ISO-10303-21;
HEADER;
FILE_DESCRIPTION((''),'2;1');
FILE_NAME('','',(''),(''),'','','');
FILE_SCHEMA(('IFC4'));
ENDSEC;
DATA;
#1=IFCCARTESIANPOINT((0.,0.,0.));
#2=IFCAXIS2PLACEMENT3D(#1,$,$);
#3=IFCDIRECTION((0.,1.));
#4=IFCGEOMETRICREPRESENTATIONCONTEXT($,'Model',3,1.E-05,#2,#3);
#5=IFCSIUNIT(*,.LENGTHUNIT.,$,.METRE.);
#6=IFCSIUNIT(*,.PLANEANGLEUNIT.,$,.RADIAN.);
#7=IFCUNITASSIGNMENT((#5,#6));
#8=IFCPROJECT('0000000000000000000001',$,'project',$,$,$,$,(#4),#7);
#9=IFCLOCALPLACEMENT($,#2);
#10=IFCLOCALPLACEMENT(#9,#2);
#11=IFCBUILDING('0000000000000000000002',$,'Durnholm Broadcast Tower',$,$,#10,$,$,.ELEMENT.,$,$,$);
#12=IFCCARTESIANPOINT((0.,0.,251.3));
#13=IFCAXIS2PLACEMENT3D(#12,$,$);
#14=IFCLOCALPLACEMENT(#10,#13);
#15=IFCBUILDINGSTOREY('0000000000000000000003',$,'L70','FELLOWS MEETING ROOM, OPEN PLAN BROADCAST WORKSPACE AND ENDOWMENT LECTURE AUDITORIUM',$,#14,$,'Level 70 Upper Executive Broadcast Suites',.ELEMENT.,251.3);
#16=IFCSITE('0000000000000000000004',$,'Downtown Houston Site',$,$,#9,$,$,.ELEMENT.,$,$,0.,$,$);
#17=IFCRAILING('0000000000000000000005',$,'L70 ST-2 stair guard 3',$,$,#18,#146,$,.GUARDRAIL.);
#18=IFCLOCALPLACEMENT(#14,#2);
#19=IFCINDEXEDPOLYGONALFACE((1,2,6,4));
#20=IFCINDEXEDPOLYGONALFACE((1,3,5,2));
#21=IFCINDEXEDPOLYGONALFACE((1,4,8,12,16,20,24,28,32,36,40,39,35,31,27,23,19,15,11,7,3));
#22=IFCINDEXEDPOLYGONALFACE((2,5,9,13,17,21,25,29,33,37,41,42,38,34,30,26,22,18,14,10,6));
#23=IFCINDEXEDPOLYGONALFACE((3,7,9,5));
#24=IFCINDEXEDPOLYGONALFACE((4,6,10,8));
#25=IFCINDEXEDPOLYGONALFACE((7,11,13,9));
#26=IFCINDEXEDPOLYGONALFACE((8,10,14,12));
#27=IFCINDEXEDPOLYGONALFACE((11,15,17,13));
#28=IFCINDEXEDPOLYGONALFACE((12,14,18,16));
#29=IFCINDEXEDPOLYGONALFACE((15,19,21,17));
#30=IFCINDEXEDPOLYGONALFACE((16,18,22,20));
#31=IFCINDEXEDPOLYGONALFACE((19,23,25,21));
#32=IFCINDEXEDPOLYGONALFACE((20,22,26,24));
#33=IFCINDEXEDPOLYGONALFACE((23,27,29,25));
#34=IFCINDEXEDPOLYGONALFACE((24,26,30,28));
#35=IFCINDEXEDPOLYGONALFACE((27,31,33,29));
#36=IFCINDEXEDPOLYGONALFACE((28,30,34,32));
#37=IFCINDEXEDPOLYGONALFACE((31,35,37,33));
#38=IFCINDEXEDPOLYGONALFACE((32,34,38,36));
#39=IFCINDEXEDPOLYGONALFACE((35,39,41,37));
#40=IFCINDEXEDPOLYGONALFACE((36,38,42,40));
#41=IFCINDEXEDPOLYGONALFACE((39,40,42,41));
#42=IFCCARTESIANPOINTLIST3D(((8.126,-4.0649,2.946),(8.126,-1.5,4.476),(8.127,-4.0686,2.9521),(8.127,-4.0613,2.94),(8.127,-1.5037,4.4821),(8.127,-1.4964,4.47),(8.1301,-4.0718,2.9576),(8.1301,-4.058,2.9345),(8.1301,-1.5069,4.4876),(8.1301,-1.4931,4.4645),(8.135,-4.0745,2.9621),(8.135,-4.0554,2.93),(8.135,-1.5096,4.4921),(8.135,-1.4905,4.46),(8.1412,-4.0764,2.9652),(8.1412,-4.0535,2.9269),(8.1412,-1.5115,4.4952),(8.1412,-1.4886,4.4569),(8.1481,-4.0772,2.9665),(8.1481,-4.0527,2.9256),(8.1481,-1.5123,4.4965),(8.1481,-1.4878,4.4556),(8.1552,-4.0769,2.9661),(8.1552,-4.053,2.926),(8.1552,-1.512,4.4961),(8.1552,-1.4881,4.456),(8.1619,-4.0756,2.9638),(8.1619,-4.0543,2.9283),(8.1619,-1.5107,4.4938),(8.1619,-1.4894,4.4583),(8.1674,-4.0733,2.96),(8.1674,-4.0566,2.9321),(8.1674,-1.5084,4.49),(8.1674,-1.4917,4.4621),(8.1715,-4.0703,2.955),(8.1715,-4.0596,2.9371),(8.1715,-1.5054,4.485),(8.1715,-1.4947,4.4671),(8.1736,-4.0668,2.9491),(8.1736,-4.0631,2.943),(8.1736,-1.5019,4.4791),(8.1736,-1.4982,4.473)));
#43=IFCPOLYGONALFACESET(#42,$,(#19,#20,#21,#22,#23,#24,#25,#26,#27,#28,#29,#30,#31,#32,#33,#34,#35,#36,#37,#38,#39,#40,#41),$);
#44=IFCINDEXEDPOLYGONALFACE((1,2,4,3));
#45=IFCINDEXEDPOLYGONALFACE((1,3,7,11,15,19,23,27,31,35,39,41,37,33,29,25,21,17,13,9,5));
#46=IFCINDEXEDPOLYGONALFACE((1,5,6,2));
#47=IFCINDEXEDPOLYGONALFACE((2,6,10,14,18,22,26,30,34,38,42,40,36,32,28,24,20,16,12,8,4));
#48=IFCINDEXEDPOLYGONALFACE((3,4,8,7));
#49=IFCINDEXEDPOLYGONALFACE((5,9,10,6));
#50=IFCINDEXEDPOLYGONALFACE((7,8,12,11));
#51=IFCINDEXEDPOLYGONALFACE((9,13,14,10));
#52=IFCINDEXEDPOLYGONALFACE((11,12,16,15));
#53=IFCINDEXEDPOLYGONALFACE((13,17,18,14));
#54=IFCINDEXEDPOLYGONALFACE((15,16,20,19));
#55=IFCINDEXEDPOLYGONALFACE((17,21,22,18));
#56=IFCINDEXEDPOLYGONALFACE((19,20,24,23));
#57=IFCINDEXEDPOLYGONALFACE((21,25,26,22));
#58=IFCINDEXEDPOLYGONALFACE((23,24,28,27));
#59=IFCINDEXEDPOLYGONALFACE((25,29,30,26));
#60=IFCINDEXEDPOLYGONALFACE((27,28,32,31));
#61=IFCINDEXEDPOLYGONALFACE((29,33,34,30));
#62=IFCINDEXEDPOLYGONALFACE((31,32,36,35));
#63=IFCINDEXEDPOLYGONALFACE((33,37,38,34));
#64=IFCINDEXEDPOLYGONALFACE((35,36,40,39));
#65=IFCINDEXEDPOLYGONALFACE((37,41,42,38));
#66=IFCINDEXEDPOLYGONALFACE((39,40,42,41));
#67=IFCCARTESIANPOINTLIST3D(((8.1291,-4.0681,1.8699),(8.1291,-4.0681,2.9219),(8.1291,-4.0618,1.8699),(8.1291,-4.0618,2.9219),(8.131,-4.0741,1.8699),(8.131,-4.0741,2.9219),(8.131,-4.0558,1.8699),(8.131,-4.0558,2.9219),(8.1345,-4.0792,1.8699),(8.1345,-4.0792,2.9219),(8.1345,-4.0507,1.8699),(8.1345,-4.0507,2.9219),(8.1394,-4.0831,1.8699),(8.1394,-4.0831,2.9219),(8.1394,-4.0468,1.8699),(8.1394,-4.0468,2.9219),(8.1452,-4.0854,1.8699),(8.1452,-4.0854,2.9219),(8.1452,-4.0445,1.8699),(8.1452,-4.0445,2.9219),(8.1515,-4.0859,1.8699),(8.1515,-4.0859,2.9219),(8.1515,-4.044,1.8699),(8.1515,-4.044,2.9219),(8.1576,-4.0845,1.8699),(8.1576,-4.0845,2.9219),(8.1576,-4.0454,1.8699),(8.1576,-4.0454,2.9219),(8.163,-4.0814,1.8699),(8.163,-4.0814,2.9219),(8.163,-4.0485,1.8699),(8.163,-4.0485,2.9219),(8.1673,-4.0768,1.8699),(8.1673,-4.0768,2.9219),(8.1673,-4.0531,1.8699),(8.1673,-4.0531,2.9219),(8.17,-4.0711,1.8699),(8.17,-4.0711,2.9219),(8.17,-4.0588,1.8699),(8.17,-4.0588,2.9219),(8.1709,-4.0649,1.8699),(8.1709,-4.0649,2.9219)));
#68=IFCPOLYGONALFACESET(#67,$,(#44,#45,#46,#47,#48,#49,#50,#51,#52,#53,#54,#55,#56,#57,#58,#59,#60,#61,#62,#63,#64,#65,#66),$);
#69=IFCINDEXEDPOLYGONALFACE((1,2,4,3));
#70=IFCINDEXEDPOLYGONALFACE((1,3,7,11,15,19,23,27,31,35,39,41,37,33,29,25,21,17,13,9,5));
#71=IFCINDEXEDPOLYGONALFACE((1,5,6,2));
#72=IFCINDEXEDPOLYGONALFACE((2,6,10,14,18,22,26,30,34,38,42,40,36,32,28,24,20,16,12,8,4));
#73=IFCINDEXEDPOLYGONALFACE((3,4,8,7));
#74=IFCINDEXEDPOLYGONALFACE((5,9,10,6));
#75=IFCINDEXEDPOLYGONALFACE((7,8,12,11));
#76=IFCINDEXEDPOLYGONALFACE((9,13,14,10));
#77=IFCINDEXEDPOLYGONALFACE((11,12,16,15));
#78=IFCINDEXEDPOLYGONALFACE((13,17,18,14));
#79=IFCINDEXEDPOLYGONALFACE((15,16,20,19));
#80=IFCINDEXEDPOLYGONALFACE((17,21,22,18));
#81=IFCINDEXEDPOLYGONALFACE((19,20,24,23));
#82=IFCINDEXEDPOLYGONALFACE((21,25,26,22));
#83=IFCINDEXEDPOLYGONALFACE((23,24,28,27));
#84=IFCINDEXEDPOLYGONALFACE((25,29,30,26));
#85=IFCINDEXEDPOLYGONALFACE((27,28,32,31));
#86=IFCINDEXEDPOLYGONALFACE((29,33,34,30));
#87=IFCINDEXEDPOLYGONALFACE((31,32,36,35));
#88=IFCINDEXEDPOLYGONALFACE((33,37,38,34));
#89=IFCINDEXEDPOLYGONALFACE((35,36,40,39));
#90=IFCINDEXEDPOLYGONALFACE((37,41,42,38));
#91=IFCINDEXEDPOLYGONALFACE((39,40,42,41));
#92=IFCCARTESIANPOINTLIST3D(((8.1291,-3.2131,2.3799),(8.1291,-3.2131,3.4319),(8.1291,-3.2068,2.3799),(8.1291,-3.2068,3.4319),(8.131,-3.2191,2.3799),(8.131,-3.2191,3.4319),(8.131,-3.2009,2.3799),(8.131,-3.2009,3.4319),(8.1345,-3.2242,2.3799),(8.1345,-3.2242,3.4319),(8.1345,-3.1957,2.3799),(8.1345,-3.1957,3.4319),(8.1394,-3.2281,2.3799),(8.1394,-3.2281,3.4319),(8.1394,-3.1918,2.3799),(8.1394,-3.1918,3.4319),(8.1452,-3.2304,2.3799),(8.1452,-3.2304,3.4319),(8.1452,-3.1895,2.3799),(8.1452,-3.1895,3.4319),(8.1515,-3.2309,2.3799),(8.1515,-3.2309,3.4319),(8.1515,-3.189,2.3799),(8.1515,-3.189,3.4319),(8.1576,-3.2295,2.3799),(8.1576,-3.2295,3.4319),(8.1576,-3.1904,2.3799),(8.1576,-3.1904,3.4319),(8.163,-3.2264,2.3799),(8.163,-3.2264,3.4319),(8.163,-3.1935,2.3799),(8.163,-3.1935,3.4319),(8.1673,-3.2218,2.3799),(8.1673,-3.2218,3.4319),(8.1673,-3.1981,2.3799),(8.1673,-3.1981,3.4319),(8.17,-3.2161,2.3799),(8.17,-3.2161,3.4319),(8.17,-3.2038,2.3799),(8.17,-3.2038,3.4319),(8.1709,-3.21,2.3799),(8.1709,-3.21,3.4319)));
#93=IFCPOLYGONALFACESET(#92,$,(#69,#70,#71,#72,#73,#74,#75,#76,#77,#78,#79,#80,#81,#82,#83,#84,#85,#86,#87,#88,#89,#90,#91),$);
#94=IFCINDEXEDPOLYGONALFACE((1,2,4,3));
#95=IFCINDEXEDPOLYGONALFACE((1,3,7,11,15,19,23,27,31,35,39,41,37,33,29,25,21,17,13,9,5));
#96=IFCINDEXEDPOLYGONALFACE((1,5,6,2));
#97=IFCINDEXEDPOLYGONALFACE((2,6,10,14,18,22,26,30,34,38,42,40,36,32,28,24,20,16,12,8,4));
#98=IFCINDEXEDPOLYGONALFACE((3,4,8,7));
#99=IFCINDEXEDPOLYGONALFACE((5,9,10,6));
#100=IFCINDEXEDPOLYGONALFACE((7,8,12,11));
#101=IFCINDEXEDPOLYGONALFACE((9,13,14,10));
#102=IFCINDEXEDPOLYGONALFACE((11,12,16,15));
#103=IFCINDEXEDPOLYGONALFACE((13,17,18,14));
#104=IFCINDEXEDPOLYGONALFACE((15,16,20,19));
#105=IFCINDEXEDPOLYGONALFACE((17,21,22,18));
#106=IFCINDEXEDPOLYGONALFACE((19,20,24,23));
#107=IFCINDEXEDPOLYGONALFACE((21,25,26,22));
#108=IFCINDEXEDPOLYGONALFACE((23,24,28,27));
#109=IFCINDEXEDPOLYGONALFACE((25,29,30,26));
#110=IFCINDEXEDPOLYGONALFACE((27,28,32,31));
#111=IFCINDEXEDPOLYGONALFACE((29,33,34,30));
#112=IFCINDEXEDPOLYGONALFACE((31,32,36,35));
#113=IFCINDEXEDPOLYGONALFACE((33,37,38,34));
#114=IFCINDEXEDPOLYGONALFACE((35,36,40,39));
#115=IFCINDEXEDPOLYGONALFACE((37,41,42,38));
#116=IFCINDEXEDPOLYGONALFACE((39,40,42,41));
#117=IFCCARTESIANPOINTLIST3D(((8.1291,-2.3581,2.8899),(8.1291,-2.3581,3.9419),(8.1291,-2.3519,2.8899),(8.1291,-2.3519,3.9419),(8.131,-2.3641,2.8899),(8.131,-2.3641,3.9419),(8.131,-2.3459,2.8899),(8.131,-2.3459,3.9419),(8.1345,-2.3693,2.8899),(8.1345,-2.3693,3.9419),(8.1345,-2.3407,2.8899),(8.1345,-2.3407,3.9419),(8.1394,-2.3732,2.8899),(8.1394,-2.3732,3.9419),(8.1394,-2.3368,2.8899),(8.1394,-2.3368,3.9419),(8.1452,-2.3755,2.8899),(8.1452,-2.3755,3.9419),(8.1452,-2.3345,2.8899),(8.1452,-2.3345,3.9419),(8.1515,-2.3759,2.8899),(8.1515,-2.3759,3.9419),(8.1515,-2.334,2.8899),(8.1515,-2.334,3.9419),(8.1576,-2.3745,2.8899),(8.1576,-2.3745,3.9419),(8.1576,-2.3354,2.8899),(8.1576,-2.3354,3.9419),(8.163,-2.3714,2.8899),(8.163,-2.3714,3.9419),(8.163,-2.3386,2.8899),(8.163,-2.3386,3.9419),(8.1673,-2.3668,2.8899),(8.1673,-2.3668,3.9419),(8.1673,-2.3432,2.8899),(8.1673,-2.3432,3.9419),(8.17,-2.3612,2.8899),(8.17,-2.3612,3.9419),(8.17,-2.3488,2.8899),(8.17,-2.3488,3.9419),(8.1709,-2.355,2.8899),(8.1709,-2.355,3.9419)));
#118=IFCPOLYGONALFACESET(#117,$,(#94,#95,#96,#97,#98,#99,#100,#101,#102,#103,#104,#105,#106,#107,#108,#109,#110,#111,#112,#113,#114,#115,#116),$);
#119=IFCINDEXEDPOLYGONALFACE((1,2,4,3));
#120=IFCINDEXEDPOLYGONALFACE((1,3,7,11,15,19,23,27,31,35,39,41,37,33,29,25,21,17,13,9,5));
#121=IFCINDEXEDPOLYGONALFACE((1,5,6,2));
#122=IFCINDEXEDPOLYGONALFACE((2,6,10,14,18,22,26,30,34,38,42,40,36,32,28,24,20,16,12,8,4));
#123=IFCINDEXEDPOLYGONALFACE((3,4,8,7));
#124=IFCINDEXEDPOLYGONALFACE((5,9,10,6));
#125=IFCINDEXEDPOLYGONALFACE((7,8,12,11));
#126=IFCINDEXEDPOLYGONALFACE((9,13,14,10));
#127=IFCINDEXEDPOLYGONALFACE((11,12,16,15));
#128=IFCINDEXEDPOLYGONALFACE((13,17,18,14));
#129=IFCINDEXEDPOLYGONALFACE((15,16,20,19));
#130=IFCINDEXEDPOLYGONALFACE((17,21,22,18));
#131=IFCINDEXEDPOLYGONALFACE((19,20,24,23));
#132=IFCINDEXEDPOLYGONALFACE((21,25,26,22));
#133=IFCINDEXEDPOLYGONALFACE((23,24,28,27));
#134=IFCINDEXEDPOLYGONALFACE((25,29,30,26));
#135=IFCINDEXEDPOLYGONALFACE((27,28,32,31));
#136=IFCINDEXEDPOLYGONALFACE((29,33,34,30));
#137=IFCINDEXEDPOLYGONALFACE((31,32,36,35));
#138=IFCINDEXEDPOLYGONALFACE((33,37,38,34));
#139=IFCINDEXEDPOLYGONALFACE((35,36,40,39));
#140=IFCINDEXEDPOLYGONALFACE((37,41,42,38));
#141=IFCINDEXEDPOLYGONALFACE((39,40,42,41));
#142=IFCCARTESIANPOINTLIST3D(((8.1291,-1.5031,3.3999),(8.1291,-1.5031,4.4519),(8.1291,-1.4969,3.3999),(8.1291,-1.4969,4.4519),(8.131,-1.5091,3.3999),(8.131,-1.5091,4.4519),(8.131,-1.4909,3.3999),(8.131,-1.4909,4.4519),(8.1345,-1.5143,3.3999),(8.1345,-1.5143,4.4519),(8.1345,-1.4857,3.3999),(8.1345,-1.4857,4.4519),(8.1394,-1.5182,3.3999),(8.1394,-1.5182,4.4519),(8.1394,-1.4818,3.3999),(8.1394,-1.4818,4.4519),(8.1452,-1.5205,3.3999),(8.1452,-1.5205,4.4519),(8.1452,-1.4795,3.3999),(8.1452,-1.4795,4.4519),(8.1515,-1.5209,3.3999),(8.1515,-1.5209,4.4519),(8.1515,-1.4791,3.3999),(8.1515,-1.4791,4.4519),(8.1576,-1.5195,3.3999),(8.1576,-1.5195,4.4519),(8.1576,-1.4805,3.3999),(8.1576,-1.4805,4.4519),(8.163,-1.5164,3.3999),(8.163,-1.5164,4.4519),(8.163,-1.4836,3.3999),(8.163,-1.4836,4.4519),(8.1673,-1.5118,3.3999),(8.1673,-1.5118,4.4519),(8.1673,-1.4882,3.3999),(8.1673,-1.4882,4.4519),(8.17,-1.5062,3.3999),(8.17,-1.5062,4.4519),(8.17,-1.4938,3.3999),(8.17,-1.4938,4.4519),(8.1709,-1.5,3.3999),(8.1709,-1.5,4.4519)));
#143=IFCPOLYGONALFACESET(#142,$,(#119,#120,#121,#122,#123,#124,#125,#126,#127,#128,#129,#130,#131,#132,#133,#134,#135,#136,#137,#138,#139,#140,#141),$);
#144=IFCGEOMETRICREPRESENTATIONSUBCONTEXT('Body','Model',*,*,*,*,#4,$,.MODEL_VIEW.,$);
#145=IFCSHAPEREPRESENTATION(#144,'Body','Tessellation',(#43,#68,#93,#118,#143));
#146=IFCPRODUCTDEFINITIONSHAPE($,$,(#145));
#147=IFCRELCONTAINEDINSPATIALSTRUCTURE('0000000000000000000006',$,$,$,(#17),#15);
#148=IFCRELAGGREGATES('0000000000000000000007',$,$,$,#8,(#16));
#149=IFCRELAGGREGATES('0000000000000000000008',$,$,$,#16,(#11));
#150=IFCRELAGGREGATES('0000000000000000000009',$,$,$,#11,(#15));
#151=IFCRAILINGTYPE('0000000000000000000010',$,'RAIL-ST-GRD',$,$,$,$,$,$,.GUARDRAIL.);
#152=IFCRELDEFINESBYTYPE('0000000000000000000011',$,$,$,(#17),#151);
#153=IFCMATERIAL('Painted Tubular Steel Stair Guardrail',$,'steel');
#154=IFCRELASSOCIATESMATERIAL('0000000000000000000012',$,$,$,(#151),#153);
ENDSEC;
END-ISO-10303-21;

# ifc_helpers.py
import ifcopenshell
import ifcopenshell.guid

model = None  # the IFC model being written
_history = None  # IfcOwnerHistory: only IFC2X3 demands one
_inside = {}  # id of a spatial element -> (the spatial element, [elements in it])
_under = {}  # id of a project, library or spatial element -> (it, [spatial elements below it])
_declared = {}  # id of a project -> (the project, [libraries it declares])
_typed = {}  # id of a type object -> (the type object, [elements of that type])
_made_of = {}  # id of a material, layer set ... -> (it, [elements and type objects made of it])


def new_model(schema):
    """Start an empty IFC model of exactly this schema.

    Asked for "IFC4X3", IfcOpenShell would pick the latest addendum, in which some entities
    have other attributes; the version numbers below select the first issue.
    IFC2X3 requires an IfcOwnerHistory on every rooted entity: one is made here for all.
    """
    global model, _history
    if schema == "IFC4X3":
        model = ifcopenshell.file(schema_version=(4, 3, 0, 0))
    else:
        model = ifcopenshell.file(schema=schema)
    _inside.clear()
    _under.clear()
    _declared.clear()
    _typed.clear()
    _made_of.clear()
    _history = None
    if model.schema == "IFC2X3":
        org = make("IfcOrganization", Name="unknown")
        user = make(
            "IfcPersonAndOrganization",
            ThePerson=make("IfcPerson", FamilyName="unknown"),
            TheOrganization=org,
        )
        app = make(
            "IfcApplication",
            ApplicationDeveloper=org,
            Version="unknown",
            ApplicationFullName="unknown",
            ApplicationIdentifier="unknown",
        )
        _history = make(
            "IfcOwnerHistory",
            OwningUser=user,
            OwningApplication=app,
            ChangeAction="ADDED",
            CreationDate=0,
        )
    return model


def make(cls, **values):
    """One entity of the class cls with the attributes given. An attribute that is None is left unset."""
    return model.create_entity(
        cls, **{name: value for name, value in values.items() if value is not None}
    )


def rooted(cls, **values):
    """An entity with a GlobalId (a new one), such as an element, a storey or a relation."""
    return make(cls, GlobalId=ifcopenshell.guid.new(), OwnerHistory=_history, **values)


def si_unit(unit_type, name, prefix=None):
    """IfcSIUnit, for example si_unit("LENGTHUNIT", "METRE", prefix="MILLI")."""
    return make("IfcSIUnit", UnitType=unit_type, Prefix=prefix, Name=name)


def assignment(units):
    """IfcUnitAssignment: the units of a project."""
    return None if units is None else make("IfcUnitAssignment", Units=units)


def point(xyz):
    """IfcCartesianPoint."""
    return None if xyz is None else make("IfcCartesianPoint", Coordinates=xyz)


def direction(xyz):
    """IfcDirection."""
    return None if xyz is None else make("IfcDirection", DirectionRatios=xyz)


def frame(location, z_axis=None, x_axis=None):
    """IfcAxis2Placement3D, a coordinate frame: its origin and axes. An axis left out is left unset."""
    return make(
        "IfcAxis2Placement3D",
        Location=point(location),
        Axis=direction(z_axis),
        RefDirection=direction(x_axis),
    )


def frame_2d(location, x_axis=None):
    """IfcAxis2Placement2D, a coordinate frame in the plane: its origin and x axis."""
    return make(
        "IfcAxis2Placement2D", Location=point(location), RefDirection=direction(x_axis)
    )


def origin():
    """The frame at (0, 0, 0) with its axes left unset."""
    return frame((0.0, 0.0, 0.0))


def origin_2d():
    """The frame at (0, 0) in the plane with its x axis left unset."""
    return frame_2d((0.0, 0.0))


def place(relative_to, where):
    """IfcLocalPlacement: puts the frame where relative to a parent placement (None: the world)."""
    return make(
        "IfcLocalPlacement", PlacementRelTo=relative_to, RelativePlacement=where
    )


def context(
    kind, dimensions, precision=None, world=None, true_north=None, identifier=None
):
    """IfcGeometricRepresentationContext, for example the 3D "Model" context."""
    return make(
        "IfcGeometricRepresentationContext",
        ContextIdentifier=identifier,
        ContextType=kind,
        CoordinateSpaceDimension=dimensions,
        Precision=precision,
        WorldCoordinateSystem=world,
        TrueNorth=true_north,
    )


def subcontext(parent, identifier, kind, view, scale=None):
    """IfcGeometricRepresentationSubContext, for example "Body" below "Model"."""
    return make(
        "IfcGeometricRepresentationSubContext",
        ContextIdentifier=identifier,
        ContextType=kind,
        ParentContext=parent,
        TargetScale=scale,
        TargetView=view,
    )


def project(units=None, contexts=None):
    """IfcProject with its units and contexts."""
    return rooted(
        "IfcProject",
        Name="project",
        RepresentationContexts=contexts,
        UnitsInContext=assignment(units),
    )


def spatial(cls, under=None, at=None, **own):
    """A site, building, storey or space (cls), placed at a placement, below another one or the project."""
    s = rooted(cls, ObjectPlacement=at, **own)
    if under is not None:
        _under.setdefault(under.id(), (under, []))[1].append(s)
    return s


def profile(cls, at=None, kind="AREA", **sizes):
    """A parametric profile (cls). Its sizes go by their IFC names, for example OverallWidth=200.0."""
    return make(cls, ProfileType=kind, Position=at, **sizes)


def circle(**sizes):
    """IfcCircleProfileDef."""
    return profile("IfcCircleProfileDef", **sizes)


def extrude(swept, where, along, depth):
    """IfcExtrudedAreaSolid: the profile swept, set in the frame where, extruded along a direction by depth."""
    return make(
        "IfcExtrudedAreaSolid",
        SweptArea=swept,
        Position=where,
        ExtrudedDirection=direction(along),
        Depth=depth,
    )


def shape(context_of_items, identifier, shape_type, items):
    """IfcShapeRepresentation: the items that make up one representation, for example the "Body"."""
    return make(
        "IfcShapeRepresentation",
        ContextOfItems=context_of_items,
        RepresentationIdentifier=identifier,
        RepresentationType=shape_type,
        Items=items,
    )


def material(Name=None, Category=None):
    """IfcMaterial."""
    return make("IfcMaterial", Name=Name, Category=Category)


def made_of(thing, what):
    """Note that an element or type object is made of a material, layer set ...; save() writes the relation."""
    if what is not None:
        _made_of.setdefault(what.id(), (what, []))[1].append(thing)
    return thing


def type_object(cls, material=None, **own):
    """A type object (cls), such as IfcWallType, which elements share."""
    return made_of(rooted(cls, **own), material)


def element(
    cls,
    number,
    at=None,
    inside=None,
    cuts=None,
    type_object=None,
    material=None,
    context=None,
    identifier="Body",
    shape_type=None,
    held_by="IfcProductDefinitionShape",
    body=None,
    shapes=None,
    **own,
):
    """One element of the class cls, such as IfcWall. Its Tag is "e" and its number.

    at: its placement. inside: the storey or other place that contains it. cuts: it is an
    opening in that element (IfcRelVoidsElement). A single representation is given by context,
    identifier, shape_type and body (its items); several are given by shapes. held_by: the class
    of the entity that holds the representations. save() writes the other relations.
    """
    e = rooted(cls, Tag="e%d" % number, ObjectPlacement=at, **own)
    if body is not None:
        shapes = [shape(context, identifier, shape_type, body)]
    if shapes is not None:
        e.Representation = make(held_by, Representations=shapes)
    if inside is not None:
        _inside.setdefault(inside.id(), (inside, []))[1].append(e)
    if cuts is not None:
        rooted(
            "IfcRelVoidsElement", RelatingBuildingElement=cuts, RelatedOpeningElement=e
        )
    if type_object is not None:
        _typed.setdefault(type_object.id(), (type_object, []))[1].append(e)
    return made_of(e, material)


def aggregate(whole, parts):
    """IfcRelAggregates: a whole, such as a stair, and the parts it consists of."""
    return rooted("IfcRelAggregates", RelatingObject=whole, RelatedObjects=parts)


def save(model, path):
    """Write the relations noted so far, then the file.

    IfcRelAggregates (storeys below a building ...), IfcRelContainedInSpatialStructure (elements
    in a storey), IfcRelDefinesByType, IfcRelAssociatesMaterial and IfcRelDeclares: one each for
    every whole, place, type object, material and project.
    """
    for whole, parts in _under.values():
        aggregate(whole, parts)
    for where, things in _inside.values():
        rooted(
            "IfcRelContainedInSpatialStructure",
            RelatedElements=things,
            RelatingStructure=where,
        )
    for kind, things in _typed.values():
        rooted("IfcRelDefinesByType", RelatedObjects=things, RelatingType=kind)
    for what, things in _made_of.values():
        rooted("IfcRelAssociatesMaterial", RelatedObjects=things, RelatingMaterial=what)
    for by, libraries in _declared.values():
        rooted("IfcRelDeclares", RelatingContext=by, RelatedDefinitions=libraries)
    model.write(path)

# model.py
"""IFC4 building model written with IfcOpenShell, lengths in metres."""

from ifc_helpers import new_model, si_unit, direction, frame, origin, origin_2d, place, context, subcontext, project, spatial, circle, extrude, material, type_object, element, save


model = new_model("IFC4")

# Units and contexts
model_context = context("Model", 3, precision=1e-05, world=origin(), true_north=direction((0.0, 1.0)))
body_context = subcontext(model_context, "Body", "Model", "MODEL_VIEW")
ifc_project = project(units=[si_unit("LENGTHUNIT", "METRE"), si_unit("PLANEANGLEUNIT", "RADIAN")], contexts=[model_context])

# Site, building, storey
site_placement = place(None, origin())
site = spatial("IfcSite", under=ifc_project, at=site_placement, Name="Downtown Houston Site", CompositionType="ELEMENT", RefElevation=0.0)
building_placement = place(site_placement, origin())
building = spatial("IfcBuilding", under=site, at=building_placement, Name="Durnholm Broadcast Tower", CompositionType="ELEMENT")
storey_placement = place(building_placement, frame((0.0, 0.0, 251.3)))
storey = spatial("IfcBuildingStorey", under=building, at=storey_placement, Name="L70", Description="FELLOWS MEETING ROOM, OPEN PLAN BROADCAST WORKSPACE AND ENDOWMENT LECTURE AUDITORIUM", LongName="Level 70 Upper Executive Broadcast Suites", CompositionType="ELEMENT", Elevation=251.3)

# Railing
ifc_material_1 = material(Name="Painted Tubular Steel Stair Guardrail", Category="steel")
railing_type_1 = type_object("IfcRailingType", Name="RAIL-ST-GRD", PredefinedType="GUARDRAIL", material=ifc_material_1)
railing_1_placement = place(storey_placement, frame((8.1499, -4.0649, 1.8699)))
element("IfcRailing", 1, at=railing_1_placement, inside=storey, type_object=railing_type_1, Name="L70 ST-2 stair guard 3", PredefinedType="GUARDRAIL", context=body_context, shape_type="SweptSolid", body=[
    extrude(circle(Radius=0.0239, at=origin_2d()), frame((0.0, 0.0, 1.0762), z_axis=(0.0, 0.85881, 0.512294), x_axis=(-1.0, 0.0, 0.0)), (0.0, 0.0, 1.0), 2.9866),
    extrude(circle(Radius=0.021, at=origin_2d()), origin(), (0.0, 0.0, 1.0), 1.052),
    extrude(circle(Radius=0.021, at=origin_2d()), frame((0.0, 0.855, 0.51)), (0.0, 0.0, 1.0), 1.052),
    extrude(circle(Radius=0.021, at=origin_2d()), frame((0.0, 1.71, 1.02)), (0.0, 0.0, 1.0), 1.052),
    extrude(circle(Radius=0.021, at=origin_2d()), frame((0.0, 2.5649, 1.53)), (0.0, 0.0, 1.0), 1.052),
])

save(model, "model.ifc")
